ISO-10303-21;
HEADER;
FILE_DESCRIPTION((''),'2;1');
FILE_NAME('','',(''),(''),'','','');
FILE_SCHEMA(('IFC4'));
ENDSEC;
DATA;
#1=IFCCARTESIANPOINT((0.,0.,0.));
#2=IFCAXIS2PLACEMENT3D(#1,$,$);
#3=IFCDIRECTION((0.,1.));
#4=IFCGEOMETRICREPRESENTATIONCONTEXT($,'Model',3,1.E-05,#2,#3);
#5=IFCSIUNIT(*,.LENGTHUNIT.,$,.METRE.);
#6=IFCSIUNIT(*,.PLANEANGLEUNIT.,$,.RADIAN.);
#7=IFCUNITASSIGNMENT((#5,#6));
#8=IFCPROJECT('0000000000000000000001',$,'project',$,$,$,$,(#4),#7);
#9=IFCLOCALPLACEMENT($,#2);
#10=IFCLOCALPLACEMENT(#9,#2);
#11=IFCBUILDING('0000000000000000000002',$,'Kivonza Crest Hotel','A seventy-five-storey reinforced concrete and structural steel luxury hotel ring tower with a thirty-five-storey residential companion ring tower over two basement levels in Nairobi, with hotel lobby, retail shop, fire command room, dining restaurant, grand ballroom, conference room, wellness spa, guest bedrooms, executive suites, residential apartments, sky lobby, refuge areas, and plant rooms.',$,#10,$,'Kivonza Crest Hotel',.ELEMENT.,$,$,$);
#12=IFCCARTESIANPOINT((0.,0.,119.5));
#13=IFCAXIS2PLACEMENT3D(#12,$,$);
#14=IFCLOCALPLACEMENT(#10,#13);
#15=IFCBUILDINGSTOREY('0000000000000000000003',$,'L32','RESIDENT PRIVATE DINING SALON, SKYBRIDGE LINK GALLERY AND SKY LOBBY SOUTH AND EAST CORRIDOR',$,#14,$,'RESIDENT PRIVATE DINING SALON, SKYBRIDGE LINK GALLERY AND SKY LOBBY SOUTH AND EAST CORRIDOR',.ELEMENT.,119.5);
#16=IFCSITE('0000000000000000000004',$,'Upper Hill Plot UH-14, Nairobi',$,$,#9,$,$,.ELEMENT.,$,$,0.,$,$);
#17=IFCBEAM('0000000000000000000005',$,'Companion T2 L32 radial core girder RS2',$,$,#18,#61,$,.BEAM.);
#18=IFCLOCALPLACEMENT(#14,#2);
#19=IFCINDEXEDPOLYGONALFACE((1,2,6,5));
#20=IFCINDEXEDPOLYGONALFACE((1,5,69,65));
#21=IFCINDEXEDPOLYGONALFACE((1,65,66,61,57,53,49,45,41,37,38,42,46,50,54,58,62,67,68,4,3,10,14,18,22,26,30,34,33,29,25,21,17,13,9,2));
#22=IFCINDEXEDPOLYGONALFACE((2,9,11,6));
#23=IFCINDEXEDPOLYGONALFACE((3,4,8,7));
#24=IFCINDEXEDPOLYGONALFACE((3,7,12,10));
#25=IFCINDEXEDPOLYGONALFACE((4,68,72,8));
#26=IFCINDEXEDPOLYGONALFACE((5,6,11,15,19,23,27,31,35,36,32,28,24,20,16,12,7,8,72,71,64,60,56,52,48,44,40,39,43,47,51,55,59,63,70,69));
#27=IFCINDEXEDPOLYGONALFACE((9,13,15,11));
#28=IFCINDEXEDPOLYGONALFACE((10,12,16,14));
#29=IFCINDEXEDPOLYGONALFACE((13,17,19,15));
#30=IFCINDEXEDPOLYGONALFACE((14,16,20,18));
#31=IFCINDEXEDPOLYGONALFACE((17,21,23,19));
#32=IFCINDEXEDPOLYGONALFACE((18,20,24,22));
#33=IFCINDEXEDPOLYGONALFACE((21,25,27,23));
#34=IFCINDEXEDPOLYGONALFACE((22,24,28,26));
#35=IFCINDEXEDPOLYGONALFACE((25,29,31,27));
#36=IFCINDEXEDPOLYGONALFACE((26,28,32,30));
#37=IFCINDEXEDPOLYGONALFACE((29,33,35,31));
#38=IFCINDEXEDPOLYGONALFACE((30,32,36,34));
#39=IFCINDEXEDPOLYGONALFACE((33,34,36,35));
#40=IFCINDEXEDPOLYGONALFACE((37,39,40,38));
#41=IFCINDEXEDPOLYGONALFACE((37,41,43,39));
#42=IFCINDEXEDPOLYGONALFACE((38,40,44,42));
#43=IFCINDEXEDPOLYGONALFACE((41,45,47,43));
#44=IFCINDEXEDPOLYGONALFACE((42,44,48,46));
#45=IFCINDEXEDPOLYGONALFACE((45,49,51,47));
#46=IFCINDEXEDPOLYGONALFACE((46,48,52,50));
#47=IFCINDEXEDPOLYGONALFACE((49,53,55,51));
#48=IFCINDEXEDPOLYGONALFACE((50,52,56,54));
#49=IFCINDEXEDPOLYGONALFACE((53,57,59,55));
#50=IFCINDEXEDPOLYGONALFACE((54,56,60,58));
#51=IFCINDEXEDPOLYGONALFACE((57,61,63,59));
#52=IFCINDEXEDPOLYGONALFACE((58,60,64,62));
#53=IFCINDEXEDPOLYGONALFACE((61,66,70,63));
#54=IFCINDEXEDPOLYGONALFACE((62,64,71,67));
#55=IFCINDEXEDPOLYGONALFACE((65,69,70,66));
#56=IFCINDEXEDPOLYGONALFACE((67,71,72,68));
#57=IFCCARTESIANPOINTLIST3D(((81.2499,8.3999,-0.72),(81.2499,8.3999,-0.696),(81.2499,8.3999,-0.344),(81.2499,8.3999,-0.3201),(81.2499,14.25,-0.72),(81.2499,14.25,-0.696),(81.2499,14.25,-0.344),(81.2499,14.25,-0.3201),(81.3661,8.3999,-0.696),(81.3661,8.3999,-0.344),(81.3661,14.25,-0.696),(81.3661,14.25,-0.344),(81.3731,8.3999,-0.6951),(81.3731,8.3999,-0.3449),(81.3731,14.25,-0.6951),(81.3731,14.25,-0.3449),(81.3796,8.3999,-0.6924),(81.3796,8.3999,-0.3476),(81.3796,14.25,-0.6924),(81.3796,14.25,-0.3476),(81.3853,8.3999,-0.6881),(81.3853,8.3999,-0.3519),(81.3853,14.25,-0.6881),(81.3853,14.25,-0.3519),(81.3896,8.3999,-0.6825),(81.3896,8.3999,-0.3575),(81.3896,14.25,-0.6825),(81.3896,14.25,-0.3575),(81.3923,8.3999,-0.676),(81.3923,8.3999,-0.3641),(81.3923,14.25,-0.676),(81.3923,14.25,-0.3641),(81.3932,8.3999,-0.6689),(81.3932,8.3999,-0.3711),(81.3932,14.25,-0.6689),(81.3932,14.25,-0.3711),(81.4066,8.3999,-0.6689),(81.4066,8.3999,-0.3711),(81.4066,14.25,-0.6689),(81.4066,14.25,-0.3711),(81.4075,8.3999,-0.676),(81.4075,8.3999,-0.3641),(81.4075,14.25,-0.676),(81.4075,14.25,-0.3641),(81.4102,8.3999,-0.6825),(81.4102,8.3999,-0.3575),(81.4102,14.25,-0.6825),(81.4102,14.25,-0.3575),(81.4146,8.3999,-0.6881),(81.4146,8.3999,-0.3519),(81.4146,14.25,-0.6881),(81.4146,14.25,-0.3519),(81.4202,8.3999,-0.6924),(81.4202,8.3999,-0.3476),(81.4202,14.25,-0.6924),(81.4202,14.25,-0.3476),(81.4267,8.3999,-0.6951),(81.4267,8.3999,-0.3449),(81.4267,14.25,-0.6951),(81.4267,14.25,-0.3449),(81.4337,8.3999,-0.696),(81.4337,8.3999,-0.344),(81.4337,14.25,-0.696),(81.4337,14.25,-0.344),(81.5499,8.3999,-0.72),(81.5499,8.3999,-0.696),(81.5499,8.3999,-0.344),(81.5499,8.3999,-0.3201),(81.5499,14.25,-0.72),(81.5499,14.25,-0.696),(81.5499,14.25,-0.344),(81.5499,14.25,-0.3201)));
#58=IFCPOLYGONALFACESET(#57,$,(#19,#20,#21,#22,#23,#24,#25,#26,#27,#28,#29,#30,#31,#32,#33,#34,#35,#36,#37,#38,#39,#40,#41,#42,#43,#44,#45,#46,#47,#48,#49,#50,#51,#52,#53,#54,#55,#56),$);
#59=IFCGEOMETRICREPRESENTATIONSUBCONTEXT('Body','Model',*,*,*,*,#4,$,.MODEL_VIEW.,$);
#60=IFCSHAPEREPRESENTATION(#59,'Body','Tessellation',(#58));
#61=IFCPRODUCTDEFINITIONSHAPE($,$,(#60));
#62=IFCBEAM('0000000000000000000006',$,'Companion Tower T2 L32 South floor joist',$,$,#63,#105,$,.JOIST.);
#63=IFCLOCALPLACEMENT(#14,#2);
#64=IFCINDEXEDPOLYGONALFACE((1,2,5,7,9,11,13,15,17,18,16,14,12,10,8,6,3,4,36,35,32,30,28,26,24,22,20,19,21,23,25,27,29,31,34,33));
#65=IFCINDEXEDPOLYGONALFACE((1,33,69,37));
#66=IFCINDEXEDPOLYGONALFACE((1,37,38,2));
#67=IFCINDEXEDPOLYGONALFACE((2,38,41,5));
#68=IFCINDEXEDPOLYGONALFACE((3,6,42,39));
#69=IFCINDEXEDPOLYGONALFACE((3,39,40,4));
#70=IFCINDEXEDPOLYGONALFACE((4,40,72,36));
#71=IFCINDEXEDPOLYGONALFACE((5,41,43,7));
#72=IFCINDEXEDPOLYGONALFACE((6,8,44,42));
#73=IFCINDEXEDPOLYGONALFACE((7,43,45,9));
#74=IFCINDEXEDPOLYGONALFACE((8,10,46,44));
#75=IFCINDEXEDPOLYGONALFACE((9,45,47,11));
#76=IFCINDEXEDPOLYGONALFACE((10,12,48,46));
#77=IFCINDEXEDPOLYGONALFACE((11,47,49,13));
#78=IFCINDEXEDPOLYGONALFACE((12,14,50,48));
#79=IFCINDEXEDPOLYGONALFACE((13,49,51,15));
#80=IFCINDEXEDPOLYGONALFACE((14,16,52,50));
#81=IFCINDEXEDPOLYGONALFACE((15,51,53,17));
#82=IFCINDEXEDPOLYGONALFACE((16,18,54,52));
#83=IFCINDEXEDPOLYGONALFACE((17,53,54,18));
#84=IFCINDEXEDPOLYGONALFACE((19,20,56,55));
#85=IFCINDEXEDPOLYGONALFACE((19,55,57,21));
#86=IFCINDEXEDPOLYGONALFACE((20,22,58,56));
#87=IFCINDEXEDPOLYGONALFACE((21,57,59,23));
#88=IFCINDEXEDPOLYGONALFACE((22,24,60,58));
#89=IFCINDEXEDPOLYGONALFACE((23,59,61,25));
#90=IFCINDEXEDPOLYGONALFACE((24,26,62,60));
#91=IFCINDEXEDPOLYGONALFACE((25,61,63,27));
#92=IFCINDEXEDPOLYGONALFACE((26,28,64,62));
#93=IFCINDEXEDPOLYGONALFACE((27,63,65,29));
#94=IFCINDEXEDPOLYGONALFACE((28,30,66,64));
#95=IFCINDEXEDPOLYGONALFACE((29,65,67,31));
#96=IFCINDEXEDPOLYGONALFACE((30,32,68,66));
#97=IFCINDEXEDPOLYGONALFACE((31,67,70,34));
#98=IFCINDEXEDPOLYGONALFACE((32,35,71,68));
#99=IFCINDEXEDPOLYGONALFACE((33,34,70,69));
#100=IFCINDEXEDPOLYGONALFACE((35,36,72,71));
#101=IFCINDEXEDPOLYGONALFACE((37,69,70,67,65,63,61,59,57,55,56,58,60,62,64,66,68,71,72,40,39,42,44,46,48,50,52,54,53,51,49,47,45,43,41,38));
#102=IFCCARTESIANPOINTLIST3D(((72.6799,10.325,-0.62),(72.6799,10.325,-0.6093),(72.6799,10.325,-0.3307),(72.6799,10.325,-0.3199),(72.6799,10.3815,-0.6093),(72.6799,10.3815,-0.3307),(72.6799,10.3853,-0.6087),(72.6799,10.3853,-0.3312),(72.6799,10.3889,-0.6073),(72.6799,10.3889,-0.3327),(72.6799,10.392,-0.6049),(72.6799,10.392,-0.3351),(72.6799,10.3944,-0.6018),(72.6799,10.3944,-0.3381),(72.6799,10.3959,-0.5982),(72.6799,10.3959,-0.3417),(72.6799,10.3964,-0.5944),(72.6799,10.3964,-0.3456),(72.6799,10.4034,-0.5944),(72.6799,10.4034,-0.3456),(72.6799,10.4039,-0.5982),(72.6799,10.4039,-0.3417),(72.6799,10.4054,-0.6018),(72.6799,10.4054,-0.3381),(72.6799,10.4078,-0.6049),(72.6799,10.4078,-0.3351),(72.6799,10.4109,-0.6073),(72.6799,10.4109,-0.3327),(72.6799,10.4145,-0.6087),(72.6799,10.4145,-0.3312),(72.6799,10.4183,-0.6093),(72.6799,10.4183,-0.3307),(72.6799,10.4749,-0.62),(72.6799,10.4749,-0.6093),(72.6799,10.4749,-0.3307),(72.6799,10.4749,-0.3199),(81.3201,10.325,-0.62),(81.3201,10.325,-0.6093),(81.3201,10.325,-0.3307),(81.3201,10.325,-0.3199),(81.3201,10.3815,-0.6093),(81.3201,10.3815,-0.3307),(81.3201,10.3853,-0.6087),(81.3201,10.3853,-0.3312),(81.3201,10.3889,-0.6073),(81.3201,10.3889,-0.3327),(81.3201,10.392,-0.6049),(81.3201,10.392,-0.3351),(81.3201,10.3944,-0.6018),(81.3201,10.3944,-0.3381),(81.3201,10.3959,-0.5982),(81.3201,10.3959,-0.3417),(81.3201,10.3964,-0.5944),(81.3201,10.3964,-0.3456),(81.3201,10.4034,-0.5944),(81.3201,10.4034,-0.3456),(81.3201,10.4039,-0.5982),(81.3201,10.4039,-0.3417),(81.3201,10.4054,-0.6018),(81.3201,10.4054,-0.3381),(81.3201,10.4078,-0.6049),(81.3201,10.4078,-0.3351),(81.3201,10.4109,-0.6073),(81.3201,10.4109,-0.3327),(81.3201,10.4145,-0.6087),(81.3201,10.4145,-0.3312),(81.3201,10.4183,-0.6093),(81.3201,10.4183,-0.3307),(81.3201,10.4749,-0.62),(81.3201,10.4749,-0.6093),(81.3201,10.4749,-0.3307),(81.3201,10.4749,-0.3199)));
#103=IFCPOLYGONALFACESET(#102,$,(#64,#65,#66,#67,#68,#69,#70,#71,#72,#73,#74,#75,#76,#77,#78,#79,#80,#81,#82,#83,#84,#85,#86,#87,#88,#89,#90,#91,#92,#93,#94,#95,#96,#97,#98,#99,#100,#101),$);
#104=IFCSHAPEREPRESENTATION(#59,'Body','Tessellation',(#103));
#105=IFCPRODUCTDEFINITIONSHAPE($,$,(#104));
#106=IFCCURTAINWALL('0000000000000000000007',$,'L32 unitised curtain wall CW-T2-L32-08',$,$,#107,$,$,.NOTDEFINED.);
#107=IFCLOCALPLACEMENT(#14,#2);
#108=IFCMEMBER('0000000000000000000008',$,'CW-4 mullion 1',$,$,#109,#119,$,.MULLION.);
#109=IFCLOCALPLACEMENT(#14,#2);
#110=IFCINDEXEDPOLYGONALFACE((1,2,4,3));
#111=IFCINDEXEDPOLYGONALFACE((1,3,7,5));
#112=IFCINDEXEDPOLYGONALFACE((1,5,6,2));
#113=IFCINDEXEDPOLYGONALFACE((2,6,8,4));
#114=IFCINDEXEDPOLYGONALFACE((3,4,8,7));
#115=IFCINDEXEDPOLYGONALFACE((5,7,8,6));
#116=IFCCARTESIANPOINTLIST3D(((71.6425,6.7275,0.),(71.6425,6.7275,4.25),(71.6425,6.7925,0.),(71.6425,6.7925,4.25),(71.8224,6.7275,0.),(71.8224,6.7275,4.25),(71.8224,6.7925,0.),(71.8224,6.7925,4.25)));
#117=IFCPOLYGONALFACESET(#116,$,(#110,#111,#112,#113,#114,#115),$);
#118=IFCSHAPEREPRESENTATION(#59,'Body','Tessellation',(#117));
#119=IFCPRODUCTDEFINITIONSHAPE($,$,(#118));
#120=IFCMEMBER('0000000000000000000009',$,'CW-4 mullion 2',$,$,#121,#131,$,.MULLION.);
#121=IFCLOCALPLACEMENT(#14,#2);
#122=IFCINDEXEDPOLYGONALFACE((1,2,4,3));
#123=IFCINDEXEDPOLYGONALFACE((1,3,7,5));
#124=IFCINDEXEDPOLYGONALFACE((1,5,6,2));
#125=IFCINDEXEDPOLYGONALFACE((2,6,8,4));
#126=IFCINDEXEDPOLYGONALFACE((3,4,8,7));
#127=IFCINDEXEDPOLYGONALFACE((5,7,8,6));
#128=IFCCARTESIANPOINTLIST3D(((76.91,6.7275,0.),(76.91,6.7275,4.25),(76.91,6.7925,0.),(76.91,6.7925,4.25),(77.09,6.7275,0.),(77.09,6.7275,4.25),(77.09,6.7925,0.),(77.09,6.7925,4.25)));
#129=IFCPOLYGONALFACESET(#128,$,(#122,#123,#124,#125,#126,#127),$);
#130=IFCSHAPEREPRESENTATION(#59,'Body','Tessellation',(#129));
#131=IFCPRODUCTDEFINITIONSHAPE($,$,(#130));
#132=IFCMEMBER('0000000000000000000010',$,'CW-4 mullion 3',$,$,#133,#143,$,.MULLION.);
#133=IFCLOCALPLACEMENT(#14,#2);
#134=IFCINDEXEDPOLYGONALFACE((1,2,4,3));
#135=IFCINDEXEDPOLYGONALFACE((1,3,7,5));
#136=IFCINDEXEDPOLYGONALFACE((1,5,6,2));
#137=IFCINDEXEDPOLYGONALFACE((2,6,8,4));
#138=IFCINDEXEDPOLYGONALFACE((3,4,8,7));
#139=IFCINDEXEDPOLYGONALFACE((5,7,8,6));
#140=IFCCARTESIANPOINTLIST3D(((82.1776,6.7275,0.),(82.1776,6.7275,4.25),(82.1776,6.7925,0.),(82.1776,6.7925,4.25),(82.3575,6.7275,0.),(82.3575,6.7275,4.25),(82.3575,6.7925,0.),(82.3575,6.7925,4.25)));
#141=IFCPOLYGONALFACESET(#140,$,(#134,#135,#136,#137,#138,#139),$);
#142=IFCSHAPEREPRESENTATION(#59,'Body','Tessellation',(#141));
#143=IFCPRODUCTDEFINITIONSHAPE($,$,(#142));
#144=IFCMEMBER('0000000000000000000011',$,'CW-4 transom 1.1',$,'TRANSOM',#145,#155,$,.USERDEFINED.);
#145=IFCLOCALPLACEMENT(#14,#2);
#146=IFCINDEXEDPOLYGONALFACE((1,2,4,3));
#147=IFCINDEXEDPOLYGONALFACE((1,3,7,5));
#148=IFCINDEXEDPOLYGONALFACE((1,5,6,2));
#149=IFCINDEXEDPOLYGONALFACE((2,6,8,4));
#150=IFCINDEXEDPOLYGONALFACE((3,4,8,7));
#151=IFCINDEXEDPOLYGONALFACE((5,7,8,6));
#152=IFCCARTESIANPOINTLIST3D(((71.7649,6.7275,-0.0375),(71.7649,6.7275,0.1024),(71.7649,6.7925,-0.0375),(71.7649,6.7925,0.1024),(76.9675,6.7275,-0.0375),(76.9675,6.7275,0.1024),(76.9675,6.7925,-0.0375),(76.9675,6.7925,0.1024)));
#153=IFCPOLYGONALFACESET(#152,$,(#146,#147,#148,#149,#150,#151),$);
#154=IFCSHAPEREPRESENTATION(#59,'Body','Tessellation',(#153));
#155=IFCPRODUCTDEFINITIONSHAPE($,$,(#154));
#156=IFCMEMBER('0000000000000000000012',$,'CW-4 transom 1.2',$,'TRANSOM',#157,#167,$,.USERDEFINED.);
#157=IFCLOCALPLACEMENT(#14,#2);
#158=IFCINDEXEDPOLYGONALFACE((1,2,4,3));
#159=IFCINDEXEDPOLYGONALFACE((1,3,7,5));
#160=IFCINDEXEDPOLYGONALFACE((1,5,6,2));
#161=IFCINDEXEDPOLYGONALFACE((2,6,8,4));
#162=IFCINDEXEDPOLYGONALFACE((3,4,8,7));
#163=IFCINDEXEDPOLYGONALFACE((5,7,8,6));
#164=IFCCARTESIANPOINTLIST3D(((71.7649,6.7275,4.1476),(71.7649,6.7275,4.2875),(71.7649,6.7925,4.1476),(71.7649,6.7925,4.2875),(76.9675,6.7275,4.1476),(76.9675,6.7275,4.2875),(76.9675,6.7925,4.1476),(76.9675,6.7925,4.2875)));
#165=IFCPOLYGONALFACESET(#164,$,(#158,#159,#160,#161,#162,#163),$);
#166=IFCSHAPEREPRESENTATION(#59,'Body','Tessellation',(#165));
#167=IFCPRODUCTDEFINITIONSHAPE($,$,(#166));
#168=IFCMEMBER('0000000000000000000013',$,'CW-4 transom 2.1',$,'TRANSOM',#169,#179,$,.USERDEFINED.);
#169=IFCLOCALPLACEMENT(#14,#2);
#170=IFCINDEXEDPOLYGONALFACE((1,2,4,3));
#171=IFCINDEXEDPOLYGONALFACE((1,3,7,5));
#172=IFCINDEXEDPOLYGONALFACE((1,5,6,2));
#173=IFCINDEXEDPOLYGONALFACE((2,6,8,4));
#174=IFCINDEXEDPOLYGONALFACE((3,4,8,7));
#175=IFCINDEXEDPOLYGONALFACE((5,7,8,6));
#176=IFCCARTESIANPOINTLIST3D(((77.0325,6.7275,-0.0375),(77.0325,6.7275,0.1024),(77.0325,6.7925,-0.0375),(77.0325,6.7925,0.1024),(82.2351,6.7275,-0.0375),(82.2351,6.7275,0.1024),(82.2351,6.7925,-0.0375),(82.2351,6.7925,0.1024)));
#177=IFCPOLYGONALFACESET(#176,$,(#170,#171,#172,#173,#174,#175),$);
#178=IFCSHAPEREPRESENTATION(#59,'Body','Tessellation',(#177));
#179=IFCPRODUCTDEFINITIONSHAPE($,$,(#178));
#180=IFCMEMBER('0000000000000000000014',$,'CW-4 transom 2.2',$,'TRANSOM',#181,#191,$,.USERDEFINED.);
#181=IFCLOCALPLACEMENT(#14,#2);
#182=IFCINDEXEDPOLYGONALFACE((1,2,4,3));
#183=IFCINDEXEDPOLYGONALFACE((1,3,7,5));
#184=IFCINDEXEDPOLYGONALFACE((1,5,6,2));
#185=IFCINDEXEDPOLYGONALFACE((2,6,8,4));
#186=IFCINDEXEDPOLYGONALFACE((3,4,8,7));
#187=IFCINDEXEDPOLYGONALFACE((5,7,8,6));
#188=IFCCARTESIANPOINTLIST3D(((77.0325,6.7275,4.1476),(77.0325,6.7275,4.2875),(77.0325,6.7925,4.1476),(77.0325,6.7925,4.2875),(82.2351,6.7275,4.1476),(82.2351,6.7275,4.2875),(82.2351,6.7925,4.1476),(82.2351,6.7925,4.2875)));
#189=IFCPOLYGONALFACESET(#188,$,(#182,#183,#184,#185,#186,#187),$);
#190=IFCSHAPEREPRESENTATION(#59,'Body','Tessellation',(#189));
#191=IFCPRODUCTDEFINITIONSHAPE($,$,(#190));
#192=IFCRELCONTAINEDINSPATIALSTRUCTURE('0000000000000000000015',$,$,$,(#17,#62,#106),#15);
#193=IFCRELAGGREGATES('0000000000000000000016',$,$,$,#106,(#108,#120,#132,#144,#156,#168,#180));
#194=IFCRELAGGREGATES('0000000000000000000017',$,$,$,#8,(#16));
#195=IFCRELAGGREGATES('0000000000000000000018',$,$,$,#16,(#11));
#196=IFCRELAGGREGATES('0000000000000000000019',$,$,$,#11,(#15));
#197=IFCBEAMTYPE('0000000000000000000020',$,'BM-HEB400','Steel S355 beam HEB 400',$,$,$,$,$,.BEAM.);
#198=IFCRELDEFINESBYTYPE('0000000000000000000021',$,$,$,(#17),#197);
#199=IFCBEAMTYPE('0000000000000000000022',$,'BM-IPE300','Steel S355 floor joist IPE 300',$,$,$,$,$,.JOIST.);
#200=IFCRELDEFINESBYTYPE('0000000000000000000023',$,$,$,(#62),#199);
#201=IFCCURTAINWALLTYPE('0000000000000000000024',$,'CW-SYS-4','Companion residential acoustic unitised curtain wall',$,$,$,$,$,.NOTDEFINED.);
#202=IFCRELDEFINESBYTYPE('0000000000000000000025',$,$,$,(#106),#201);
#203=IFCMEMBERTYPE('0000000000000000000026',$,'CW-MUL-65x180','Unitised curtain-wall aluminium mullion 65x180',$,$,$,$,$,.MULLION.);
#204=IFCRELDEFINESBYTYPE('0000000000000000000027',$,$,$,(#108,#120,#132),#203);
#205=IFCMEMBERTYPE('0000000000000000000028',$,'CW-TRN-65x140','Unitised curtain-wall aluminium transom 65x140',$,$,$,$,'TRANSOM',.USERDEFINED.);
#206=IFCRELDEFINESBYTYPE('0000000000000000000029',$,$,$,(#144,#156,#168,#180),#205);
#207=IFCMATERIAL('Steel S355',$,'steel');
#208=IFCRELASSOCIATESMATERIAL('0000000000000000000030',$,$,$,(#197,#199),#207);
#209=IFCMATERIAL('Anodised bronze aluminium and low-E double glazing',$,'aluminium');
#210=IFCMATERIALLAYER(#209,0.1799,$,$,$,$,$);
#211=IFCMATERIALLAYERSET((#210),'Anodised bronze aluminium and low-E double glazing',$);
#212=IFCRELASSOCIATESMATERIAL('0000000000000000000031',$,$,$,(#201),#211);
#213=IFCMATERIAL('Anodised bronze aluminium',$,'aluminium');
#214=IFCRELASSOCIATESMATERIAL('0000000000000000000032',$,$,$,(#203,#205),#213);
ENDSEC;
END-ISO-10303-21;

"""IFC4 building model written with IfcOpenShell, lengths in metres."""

from ifc_helpers import new_model, si_unit, direction, frame, origin, origin_2d, place, context, subcontext, project, spatial, rectangle, i_section, extrude, material, layer, layer_set, material_profile, profile_set, type_object, element, aggregate, save


model = new_model("IFC4")

# Units and contexts
model_context = context("Model", 3, precision=1e-05, world=origin(), true_north=direction((0.0, 1.0)))
body_context = subcontext(model_context, "Body", "Model", "MODEL_VIEW")
ifc_project = project(units=[si_unit("LENGTHUNIT", "METRE"), si_unit("PLANEANGLEUNIT", "RADIAN")], contexts=[model_context])

# Site, building, storey
site_placement = place(None, origin())
site = spatial("IfcSite", under=ifc_project, at=site_placement, Name="Upper Hill Plot UH-14, Nairobi", CompositionType="ELEMENT", RefElevation=0.0)
building_placement = place(site_placement, origin())
building = spatial("IfcBuilding", under=site, at=building_placement, Name="Kivonza Crest Hotel", Description="A seventy-five-storey reinforced concrete and structural steel luxury hotel ring tower with a thirty-five-storey residential companion ring tower over two basement levels in Nairobi, with hotel lobby, retail shop, fire command room, dining restaurant, grand ballroom, conference room, wellness spa, guest bedrooms, executive suites, residential apartments, sky lobby, refuge areas, and plant rooms.", LongName="Kivonza Crest Hotel", CompositionType="ELEMENT")
storey_placement = place(building_placement, frame((0.0, 0.0, 119.5)))
storey = spatial("IfcBuildingStorey", under=building, at=storey_placement, Name="L32", Description="RESIDENT PRIVATE DINING SALON, SKYBRIDGE LINK GALLERY AND SKY LOBBY SOUTH AND EAST CORRIDOR", LongName="RESIDENT PRIVATE DINING SALON, SKYBRIDGE LINK GALLERY AND SKY LOBBY SOUTH AND EAST CORRIDOR", CompositionType="ELEMENT", Elevation=119.5)

# Beams
ifc_material_1 = material(Name="Steel S355", Category="steel")
ifc_material_profile_1 = material_profile(ifc_material_1, i_section(OverallWidth=0.3, OverallDepth=0.3999, WebThickness=0.0134, FlangeThickness=0.0239, FilletRadius=0.0271, at=origin_2d()), Name="HEB 400")
ifc_profile_set_1 = profile_set([ifc_material_profile_1], Name="Steel S355")
beam_type_1 = type_object("IfcBeamType", Name="BM-HEB400", Description="Steel S355 beam HEB 400", PredefinedType="BEAM", material=ifc_profile_set_1)
for number, where, z_axis, x_axis, name in (
    (1, (81.3999, 8.3999, -0.52), (0.0, 1.0, 0.0), (-1.0, 0.0, 0.0), "Companion T2 L32 radial core girder RS2"),
):
    element("IfcBeam", number, at=place(storey_placement, frame(where, z_axis=z_axis, x_axis=x_axis)), inside=storey, type_object=beam_type_1, Name=name, PredefinedType="BEAM", context=body_context, shape_type="SweptSolid", body=[
        extrude(i_section(OverallWidth=0.3, OverallDepth=0.3999, WebThickness=0.0134, FlangeThickness=0.0239, FilletRadius=0.0271, at=origin_2d()), origin(), (0.0, 0.0, 1.0), 5.8501),
    ])
ifc_material_profile_2 = material_profile(ifc_material_1, i_section(OverallWidth=0.1499, OverallDepth=0.3, WebThickness=0.0071, FlangeThickness=0.0107, FilletRadius=0.0149, at=origin_2d()), Name="IPE 300")
ifc_profile_set_2 = profile_set([ifc_material_profile_2], Name="Steel S355")
beam_type_2 = type_object("IfcBeamType", Name="BM-IPE300", Description="Steel S355 floor joist IPE 300", PredefinedType="JOIST", material=ifc_profile_set_2)
beam_1_placement = place(storey_placement, frame((72.6799, 10.3999, -0.47), z_axis=(1.0, 0.0, 0.0), x_axis=(0.0, 1.0, 0.0)))
element("IfcBeam", 2, at=beam_1_placement, inside=storey, type_object=beam_type_2, Name="Companion Tower T2 L32 South floor joist", PredefinedType="JOIST", context=body_context, shape_type="SweptSolid", body=[
    extrude(i_section(OverallWidth=0.1499, OverallDepth=0.3, WebThickness=0.0071, FlangeThickness=0.0107, FilletRadius=0.0149, at=origin_2d()), origin(), (0.0, 0.0, 1.0), 8.6401),
])

# Curtain wall, members
ifc_material_2 = material(Name="Anodised bronze aluminium and low-E double glazing", Category="aluminium")
ifc_layer_1 = layer(ifc_material_2, 0.1799)
ifc_layer_set_1 = layer_set([ifc_layer_1], Name="Anodised bronze aluminium and low-E double glazing")
curtain_wall_type = type_object("IfcCurtainWallType", Name="CW-SYS-4", Description="Companion residential acoustic unitised curtain wall", PredefinedType="NOTDEFINED", material=ifc_layer_set_1)
curtain_wall_placement = place(storey_placement, origin())
curtain_wall = element("IfcCurtainWall", 3, at=curtain_wall_placement, inside=storey, type_object=curtain_wall_type, Name="L32 unitised curtain wall CW-T2-L32-08", PredefinedType="NOTDEFINED")
ifc_material_3 = material(Name="Anodised bronze aluminium", Category="aluminium")
ifc_material_profile_3 = material_profile(ifc_material_3, rectangle(XDim=0.0649, YDim=0.1799, at=origin_2d()), Name="CW-M 65x180")
ifc_profile_set_3 = profile_set([ifc_material_profile_3], Name="Anodised bronze aluminium")
member_type_1 = type_object("IfcMemberType", Name="CW-MUL-65x180", Description="Unitised curtain-wall aluminium mullion 65x180", PredefinedType="MULLION", material=ifc_profile_set_3)
member_1_placement = place(storey_placement, frame((71.7324, 6.76, 0.0), z_axis=(0.0, 0.0, 1.0), x_axis=(0.0, 1.0, 0.0)))
member_1 = element("IfcMember", 4, at=member_1_placement, type_object=member_type_1, Name="CW-4 mullion 1", PredefinedType="MULLION", context=body_context, shape_type="SweptSolid", body=[
    extrude(rectangle(XDim=0.0649, YDim=0.1799, at=origin_2d()), origin(), (0.0, 0.0, 1.0), 4.25),
])
member_2_placement = place(storey_placement, frame((77.0, 6.76, 0.0), z_axis=(0.0, 0.0, 1.0), x_axis=(0.0, 1.0, 0.0)))
member_2 = element("IfcMember", 5, at=member_2_placement, type_object=member_type_1, Name="CW-4 mullion 2", PredefinedType="MULLION", context=body_context, shape_type="SweptSolid", body=[
    extrude(rectangle(XDim=0.0649, YDim=0.1799, at=origin_2d()), origin(), (0.0, 0.0, 1.0), 4.25),
])
member_3_placement = place(storey_placement, frame((82.2676, 6.76, 0.0), z_axis=(0.0, 0.0, 1.0), x_axis=(0.0, 1.0, 0.0)))
member_3 = element("IfcMember", 6, at=member_3_placement, type_object=member_type_1, Name="CW-4 mullion 3", PredefinedType="MULLION", context=body_context, shape_type="SweptSolid", body=[
    extrude(rectangle(XDim=0.0649, YDim=0.1799, at=origin_2d()), origin(), (0.0, 0.0, 1.0), 4.25),
])
ifc_material_profile_4 = material_profile(ifc_material_3, rectangle(XDim=0.0649, YDim=0.1399, at=origin_2d()), Name="CW-T 65x140")
ifc_profile_set_4 = profile_set([ifc_material_profile_4], Name="Anodised bronze aluminium")
member_type_2 = type_object("IfcMemberType", Name="CW-TRN-65x140", Description="Unitised curtain-wall aluminium transom 65x140", ElementType="TRANSOM", PredefinedType="USERDEFINED", material=ifc_profile_set_4)
member_4_placement = place(storey_placement, frame((71.7649, 6.76, 0.0325), z_axis=(1.0, 0.0, 0.0), x_axis=(0.0, 1.0, 0.0)))
member_4 = element("IfcMember", 7, at=member_4_placement, type_object=member_type_2, Name="CW-4 transom 1.1", ObjectType="TRANSOM", PredefinedType="USERDEFINED", context=body_context, shape_type="SweptSolid", body=[
    extrude(rectangle(XDim=0.0649, YDim=0.1399, at=origin_2d()), origin(), (0.0, 0.0, 1.0), 5.2026),
])
member_5_placement = place(storey_placement, frame((71.7649, 6.76, 4.2175), z_axis=(1.0, 0.0, 0.0), x_axis=(0.0, 1.0, 0.0)))
member_5 = element("IfcMember", 8, at=member_5_placement, type_object=member_type_2, Name="CW-4 transom 1.2", ObjectType="TRANSOM", PredefinedType="USERDEFINED", context=body_context, shape_type="SweptSolid", body=[
    extrude(rectangle(XDim=0.0649, YDim=0.1399, at=origin_2d()), origin(), (0.0, 0.0, 1.0), 5.2026),
])
member_6_placement = place(storey_placement, frame((77.0325, 6.76, 0.0325), z_axis=(1.0, 0.0, 0.0), x_axis=(0.0, 1.0, 0.0)))
member_6 = element("IfcMember", 9, at=member_6_placement, type_object=member_type_2, Name="CW-4 transom 2.1", ObjectType="TRANSOM", PredefinedType="USERDEFINED", context=body_context, shape_type="SweptSolid", body=[
    extrude(rectangle(XDim=0.0649, YDim=0.1399, at=origin_2d()), origin(), (0.0, 0.0, 1.0), 5.2026),
])
member_7_placement = place(storey_placement, frame((77.0325, 6.76, 4.2175), z_axis=(1.0, 0.0, 0.0), x_axis=(0.0, 1.0, 0.0)))
member_7 = element("IfcMember", 10, at=member_7_placement, type_object=member_type_2, Name="CW-4 transom 2.2", ObjectType="TRANSOM", PredefinedType="USERDEFINED", context=body_context, shape_type="SweptSolid", body=[
    extrude(rectangle(XDim=0.0649, YDim=0.1399, at=origin_2d()), origin(), (0.0, 0.0, 1.0), 5.2026),
])
aggregate(curtain_wall, [member_1, member_2, member_3, member_4, member_5, member_6, member_7])

save(model, "model.ifc")
